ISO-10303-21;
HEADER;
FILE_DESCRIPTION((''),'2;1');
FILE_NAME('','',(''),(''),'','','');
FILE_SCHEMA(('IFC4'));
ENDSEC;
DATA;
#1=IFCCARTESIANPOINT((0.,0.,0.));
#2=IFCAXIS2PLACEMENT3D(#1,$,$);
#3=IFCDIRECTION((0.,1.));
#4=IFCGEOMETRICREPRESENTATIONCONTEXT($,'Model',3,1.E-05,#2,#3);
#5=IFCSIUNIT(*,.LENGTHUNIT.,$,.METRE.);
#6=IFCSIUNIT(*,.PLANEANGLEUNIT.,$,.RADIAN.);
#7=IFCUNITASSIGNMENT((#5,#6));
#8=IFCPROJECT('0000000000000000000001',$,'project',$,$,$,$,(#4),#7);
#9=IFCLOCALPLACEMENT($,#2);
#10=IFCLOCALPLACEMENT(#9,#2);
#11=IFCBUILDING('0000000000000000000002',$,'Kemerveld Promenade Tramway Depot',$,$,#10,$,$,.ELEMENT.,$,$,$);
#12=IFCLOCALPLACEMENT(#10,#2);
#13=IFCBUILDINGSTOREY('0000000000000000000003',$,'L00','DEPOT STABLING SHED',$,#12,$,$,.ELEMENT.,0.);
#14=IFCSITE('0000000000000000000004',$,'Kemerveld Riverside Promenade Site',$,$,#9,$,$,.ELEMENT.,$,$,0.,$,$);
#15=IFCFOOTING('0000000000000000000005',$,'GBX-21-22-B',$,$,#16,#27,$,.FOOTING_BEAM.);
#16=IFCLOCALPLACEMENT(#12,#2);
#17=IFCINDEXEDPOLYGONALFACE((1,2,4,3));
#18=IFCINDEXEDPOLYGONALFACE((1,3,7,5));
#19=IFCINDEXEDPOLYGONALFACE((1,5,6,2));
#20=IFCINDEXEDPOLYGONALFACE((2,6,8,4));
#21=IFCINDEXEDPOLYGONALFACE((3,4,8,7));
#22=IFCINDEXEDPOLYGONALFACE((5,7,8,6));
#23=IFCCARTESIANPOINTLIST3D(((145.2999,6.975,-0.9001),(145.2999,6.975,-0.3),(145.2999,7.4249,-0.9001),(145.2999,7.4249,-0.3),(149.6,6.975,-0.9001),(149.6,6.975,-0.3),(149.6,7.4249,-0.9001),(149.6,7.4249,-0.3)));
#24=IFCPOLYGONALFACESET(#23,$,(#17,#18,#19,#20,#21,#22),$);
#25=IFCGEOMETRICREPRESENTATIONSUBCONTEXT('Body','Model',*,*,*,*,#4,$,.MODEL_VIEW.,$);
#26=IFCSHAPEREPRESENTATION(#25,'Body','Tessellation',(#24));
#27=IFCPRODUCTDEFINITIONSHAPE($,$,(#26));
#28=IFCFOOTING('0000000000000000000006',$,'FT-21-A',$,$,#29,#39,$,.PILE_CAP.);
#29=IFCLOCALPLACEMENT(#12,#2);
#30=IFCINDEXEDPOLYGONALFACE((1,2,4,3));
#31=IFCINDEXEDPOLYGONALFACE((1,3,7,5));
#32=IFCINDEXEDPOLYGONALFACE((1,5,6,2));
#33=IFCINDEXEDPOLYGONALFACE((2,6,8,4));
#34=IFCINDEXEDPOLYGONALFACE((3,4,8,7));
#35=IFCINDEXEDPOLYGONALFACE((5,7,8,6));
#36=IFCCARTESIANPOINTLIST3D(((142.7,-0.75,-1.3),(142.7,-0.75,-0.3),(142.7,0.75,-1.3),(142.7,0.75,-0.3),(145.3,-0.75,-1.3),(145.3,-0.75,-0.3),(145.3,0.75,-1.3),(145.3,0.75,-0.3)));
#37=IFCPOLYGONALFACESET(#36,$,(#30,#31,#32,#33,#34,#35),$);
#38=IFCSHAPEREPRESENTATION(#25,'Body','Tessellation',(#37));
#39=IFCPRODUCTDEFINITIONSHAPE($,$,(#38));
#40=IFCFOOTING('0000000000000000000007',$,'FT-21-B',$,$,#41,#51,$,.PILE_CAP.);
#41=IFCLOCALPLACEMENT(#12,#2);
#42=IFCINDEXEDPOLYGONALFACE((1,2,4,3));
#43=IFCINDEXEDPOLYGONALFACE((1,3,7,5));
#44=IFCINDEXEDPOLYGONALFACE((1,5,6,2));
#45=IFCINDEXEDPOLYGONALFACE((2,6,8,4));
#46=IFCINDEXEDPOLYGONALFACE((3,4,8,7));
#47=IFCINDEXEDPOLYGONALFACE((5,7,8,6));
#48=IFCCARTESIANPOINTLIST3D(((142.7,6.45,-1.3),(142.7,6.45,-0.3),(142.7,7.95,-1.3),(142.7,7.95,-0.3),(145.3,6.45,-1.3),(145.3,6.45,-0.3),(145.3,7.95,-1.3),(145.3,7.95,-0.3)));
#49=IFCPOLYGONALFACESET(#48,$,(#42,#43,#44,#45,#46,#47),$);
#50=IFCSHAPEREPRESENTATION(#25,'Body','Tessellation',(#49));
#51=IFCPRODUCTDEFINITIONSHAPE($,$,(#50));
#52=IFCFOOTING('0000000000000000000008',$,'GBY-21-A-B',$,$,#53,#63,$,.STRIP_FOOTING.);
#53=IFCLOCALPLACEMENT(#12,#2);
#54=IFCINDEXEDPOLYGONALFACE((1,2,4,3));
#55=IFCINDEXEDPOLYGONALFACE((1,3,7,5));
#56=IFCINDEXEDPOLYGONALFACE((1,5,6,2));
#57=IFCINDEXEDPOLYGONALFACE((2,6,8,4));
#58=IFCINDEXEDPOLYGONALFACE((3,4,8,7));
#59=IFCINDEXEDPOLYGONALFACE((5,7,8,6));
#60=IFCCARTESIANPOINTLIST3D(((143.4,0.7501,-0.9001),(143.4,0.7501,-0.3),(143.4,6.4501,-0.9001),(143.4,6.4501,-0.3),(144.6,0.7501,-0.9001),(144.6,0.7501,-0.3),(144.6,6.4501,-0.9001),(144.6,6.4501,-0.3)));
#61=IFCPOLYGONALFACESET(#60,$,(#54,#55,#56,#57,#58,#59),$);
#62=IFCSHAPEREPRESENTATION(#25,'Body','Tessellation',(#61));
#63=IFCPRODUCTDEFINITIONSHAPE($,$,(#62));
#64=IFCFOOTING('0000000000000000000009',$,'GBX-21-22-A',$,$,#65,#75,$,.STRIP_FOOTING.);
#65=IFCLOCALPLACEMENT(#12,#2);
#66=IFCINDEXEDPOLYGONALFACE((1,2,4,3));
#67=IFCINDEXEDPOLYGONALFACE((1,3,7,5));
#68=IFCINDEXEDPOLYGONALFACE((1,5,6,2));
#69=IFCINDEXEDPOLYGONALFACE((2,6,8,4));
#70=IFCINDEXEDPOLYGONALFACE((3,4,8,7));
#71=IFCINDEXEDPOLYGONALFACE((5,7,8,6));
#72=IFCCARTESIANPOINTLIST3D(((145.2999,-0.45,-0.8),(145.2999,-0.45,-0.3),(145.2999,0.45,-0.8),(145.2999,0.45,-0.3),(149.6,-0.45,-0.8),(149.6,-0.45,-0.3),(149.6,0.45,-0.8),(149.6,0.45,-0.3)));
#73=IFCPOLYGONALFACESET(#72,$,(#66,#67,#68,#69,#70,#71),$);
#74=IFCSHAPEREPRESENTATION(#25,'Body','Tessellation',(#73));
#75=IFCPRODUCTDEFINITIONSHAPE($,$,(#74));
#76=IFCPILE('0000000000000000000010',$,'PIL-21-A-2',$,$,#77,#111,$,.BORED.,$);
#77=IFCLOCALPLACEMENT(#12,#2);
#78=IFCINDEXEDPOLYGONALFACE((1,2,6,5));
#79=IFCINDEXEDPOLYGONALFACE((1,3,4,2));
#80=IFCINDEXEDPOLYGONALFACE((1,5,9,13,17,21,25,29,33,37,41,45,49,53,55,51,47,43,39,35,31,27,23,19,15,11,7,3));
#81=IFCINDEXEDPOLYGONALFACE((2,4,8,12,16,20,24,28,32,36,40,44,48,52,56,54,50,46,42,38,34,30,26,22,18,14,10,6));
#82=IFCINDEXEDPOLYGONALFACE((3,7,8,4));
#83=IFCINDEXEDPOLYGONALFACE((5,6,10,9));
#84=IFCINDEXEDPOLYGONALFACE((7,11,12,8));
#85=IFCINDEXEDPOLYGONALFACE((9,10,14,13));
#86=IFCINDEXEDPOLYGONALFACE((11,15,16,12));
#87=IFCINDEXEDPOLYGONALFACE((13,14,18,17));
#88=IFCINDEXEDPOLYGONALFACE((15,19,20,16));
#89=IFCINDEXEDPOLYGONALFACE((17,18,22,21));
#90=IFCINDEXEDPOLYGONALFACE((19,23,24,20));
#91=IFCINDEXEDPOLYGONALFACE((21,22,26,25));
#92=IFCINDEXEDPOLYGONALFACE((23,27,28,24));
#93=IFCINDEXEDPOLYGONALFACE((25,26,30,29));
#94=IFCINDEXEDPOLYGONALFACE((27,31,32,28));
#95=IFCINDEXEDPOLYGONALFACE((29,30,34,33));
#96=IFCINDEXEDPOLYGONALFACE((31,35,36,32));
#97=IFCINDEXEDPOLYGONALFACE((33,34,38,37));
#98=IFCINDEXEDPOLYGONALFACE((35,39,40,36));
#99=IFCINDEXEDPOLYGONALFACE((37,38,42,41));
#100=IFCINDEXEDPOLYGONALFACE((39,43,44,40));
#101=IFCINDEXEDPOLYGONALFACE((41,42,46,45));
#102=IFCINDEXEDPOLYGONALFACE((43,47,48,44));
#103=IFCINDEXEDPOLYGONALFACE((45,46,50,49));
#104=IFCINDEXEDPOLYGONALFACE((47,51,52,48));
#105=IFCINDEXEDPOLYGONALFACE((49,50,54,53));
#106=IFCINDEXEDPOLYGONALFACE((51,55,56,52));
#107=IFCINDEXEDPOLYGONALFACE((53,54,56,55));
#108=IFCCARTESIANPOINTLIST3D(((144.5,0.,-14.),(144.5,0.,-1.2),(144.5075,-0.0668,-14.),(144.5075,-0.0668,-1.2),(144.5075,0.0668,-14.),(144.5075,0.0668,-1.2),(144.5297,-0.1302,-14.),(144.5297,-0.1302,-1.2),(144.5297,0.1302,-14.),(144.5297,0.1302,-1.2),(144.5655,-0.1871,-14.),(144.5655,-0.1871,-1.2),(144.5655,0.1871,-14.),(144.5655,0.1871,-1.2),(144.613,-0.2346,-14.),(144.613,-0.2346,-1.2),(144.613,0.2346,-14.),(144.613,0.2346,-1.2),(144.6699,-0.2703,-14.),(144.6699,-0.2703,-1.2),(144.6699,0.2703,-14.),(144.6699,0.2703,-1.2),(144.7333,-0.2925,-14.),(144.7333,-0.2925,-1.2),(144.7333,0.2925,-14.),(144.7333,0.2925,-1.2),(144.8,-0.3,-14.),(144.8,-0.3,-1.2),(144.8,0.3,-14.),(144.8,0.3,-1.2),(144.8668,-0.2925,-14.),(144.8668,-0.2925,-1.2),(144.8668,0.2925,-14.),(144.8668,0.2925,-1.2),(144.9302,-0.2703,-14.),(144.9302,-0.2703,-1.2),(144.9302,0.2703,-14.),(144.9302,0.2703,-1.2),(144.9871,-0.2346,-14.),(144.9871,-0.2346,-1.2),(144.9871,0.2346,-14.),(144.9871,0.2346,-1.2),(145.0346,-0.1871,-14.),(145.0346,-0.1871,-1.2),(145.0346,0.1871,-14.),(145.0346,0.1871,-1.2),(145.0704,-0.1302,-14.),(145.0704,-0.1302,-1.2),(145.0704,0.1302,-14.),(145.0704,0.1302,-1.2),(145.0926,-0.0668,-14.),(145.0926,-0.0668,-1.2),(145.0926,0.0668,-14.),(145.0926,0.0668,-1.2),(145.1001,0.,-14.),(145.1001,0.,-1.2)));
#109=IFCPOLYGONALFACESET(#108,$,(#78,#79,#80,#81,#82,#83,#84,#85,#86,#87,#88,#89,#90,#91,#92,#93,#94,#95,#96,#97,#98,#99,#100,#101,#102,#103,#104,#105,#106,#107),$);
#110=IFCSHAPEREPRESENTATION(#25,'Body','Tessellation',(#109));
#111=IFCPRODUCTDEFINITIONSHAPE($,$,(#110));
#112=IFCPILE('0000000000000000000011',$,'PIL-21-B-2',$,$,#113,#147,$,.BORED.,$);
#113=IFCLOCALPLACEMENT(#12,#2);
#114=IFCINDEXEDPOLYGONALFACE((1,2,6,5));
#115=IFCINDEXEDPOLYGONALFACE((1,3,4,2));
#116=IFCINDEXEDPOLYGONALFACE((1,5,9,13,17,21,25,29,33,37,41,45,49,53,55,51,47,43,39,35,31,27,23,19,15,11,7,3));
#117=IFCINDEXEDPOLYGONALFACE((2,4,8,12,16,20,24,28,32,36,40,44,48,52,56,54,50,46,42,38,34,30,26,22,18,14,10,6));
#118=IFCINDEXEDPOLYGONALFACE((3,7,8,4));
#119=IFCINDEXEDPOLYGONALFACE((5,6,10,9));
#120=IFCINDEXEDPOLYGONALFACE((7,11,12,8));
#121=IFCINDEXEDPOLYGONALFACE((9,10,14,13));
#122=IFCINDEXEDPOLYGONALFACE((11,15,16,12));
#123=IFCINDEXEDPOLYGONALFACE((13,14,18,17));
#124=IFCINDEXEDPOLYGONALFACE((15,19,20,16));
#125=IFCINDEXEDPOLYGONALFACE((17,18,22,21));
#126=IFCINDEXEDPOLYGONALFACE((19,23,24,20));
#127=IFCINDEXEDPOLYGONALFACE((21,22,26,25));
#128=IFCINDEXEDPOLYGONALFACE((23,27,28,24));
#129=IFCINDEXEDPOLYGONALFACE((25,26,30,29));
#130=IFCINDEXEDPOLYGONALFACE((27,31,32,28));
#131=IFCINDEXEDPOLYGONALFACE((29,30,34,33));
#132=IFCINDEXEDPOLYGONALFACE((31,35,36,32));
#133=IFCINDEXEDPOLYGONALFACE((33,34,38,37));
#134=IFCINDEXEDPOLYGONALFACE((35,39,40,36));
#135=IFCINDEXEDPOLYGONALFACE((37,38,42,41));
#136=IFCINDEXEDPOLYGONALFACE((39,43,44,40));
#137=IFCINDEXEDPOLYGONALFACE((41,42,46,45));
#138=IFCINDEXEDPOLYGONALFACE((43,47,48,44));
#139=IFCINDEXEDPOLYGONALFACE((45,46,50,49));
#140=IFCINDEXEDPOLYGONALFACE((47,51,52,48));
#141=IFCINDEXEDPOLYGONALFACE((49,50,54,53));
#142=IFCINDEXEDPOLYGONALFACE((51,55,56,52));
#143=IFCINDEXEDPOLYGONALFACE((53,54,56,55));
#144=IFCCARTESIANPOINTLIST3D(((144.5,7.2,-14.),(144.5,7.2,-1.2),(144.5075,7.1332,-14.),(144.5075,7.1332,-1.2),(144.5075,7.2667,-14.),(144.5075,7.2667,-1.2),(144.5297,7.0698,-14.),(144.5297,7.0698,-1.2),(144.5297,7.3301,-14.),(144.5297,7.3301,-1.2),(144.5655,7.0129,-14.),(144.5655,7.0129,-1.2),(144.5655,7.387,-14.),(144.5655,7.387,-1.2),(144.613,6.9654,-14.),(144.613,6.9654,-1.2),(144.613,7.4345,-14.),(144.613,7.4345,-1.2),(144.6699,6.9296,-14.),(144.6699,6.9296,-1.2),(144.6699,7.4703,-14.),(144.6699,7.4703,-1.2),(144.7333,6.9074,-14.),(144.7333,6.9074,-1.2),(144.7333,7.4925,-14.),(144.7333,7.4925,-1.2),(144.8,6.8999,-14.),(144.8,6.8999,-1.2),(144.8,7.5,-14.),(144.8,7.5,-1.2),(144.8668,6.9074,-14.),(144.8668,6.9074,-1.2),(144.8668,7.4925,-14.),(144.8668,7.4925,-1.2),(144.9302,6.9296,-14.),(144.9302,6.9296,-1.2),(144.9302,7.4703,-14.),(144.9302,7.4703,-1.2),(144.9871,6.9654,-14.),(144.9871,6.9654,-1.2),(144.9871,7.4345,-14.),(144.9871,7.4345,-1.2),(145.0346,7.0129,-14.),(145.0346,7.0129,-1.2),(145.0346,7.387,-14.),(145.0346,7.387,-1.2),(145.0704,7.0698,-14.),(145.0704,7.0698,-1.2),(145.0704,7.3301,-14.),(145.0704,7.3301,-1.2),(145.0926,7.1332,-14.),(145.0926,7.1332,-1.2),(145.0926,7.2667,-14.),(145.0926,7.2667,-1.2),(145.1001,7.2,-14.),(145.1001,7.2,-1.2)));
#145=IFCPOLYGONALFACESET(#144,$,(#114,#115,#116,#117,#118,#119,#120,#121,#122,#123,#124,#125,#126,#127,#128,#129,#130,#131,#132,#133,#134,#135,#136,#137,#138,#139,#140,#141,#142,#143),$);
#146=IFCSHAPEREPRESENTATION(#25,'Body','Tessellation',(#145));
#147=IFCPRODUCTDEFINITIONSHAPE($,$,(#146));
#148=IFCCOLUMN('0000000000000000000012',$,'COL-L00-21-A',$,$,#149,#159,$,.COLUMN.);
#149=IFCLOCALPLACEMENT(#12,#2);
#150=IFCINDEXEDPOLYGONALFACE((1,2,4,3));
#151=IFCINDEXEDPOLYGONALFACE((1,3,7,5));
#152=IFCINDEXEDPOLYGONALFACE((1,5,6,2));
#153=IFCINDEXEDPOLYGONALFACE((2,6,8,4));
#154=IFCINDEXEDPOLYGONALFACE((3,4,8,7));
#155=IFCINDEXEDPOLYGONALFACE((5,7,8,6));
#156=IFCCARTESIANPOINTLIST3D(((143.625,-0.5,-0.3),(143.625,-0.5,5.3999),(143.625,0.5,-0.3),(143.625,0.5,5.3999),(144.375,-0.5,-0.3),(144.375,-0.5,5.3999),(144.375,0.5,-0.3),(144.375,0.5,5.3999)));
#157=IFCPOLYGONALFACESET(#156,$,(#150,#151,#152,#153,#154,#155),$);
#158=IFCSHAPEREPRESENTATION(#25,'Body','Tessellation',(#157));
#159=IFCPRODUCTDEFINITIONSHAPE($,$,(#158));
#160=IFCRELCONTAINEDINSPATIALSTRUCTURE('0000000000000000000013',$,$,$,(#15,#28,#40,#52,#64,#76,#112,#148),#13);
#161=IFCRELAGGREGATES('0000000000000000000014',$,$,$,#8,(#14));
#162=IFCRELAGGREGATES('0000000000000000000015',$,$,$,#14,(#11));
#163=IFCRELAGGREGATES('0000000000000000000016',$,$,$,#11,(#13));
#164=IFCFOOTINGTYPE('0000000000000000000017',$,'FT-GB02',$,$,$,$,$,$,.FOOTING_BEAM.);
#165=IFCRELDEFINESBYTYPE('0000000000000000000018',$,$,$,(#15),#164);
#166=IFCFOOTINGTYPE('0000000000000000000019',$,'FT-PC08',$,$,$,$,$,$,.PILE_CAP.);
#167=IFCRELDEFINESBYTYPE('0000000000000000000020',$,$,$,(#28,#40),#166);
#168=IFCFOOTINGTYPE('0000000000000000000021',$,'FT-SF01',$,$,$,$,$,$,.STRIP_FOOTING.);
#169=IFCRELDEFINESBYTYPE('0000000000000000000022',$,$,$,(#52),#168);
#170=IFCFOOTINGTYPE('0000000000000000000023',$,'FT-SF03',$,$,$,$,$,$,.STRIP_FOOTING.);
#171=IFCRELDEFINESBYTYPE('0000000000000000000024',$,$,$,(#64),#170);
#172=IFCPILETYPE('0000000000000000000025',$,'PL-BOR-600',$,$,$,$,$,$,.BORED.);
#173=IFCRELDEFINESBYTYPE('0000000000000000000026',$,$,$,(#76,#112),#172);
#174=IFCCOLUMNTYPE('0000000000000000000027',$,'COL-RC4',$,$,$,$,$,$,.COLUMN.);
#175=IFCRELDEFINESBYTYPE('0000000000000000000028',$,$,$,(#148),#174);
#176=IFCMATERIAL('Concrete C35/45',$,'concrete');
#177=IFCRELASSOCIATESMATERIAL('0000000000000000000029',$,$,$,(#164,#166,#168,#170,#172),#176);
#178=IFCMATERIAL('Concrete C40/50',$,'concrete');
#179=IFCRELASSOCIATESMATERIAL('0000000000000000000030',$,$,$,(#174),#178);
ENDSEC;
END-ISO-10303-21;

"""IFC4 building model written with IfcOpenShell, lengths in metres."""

from ifc_helpers import new_model, si_unit, direction, frame, origin, origin_2d, place, context, subcontext, project, spatial, rectangle, circle, extrude, material, material_profile, profile_set, type_object, element, save


model = new_model("IFC4")

# Units and contexts
model_context = context("Model", 3, precision=1e-05, world=origin(), true_north=direction((0.0, 1.0)))
body_context = subcontext(model_context, "Body", "Model", "MODEL_VIEW")
ifc_project = project(units=[si_unit("LENGTHUNIT", "METRE"), si_unit("PLANEANGLEUNIT", "RADIAN")], contexts=[model_context])

# Site, building, storey
site_placement = place(None, origin())
site = spatial("IfcSite", under=ifc_project, at=site_placement, Name="Kemerveld Riverside Promenade Site", CompositionType="ELEMENT", RefElevation=0.0)
building_placement = place(site_placement, origin())
building = spatial("IfcBuilding", under=site, at=building_placement, Name="Kemerveld Promenade Tramway Depot", CompositionType="ELEMENT")
storey_placement = place(building_placement, origin())
storey = spatial("IfcBuildingStorey", under=building, at=storey_placement, Name="L00", Description="DEPOT STABLING SHED", CompositionType="ELEMENT", Elevation=0.0)

# Footings
ifc_material_1 = material(Name="Concrete C35/45", Category="concrete")
footing_type_1 = type_object("IfcFootingType", Name="FT-GB02", PredefinedType="FOOTING_BEAM", material=ifc_material_1)
footing_1_placement = place(storey_placement, frame((147.45, 7.2, -0.9001), z_axis=(0.0, 0.0, 1.0), x_axis=(1.0, 0.0, 0.0)))
element("IfcFooting", 1, at=footing_1_placement, inside=storey, type_object=footing_type_1, Name="GBX-21-22-B", PredefinedType="FOOTING_BEAM", context=body_context, shape_type="SweptSolid", body=[
    extrude(rectangle(XDim=4.3, YDim=0.45, at=origin_2d()), origin(), (0.0, 0.0, 1.0), 0.6001),
])
footing_type_2 = type_object("IfcFootingType", Name="FT-PC08", PredefinedType="PILE_CAP", material=ifc_material_1)
for number, where, z_axis, x_axis, name in (
    (2, (144.0, 0.0, -1.3), (0.0, 0.0, 1.0), (1.0, 0.0, 0.0), "FT-21-A"),
    (3, (144.0, 7.2, -1.3), (0.0, 0.0, 1.0), (1.0, 0.0, 0.0), "FT-21-B"),
):
    element("IfcFooting", number, at=place(storey_placement, frame(where, z_axis=z_axis, x_axis=x_axis)), inside=storey, type_object=footing_type_2, Name=name, PredefinedType="PILE_CAP", context=body_context, shape_type="SweptSolid", body=[
        extrude(rectangle(XDim=2.6001, YDim=1.5, at=origin_2d()), origin(), (0.0, 0.0, 1.0), 1.0),
    ])
footing_type_3 = type_object("IfcFootingType", Name="FT-SF01", PredefinedType="STRIP_FOOTING", material=ifc_material_1)
footing_2_placement = place(storey_placement, frame((144.0, 3.6001, -0.9001), z_axis=(0.0, 0.0, 1.0), x_axis=(0.0, 1.0, 0.0)))
element("IfcFooting", 4, at=footing_2_placement, inside=storey, type_object=footing_type_3, Name="GBY-21-A-B", PredefinedType="STRIP_FOOTING", context=body_context, shape_type="SweptSolid", body=[
    extrude(rectangle(XDim=5.7, YDim=1.2, at=origin_2d()), origin(), (0.0, 0.0, 1.0), 0.6001),
])
footing_type_4 = type_object("IfcFootingType", Name="FT-SF03", PredefinedType="STRIP_FOOTING", material=ifc_material_1)
footing_3_placement = place(storey_placement, frame((147.45, 0.0, -0.8), z_axis=(0.0, 0.0, 1.0), x_axis=(1.0, 0.0, 0.0)))
element("IfcFooting", 5, at=footing_3_placement, inside=storey, type_object=footing_type_4, Name="GBX-21-22-A", PredefinedType="STRIP_FOOTING", context=body_context, shape_type="SweptSolid", body=[
    extrude(rectangle(XDim=4.3, YDim=0.8999, at=origin_2d()), origin(), (0.0, 0.0, 1.0), 0.5),
])

# Piles
ifc_material_profile_1 = material_profile(ifc_material_1, circle(Radius=0.3, at=origin_2d()), Name="PILE-D600")
ifc_profile_set_1 = profile_set([ifc_material_profile_1], Name="Concrete C35/45")
pile_type = type_object("IfcPileType", Name="PL-BOR-600", PredefinedType="BORED", material=ifc_profile_set_1)
for number, where, z_axis, x_axis, name in (
    (6, (144.8, 0.0, -1.2), (0.0, 0.0, -1.0), (1.0, 0.0, 0.0), "PIL-21-A-2"),
    (7, (144.8, 7.2, -1.2), (0.0, 0.0, -1.0), (1.0, 0.0, 0.0), "PIL-21-B-2"),
):
    element("IfcPile", number, at=place(storey_placement, frame(where, z_axis=z_axis, x_axis=x_axis)), inside=storey, type_object=pile_type, Name=name, PredefinedType="BORED", context=body_context, shape_type="SweptSolid", body=[
        extrude(circle(Radius=0.3, at=origin_2d()), origin(), (0.0, 0.0, 1.0), 12.8),
    ])

# Column
ifc_material_2 = material(Name="Concrete C40/50", Category="concrete")
ifc_material_profile_2 = material_profile(ifc_material_2, rectangle(XDim=0.75, YDim=1.0, at=origin_2d()), Name="RC-PIER-1000x750")
ifc_profile_set_2 = profile_set([ifc_material_profile_2], Name="Concrete C40/50")
column_type_1 = type_object("IfcColumnType", Name="COL-RC4", PredefinedType="COLUMN", material=ifc_profile_set_2)
column_1_placement = place(storey_placement, frame((144.0, 0.0, -0.3), z_axis=(0.0, 0.0, 1.0), x_axis=(1.0, 0.0, 0.0)))
element("IfcColumn", 8, at=column_1_placement, inside=storey, type_object=column_type_1, Name="COL-L00-21-A", PredefinedType="COLUMN", context=body_context, shape_type="SweptSolid", body=[
    extrude(rectangle(XDim=0.75, YDim=1.0, at=origin_2d()), origin(), (0.0, 0.0, 1.0), 5.7),
])

save(model, "model.ifc")
